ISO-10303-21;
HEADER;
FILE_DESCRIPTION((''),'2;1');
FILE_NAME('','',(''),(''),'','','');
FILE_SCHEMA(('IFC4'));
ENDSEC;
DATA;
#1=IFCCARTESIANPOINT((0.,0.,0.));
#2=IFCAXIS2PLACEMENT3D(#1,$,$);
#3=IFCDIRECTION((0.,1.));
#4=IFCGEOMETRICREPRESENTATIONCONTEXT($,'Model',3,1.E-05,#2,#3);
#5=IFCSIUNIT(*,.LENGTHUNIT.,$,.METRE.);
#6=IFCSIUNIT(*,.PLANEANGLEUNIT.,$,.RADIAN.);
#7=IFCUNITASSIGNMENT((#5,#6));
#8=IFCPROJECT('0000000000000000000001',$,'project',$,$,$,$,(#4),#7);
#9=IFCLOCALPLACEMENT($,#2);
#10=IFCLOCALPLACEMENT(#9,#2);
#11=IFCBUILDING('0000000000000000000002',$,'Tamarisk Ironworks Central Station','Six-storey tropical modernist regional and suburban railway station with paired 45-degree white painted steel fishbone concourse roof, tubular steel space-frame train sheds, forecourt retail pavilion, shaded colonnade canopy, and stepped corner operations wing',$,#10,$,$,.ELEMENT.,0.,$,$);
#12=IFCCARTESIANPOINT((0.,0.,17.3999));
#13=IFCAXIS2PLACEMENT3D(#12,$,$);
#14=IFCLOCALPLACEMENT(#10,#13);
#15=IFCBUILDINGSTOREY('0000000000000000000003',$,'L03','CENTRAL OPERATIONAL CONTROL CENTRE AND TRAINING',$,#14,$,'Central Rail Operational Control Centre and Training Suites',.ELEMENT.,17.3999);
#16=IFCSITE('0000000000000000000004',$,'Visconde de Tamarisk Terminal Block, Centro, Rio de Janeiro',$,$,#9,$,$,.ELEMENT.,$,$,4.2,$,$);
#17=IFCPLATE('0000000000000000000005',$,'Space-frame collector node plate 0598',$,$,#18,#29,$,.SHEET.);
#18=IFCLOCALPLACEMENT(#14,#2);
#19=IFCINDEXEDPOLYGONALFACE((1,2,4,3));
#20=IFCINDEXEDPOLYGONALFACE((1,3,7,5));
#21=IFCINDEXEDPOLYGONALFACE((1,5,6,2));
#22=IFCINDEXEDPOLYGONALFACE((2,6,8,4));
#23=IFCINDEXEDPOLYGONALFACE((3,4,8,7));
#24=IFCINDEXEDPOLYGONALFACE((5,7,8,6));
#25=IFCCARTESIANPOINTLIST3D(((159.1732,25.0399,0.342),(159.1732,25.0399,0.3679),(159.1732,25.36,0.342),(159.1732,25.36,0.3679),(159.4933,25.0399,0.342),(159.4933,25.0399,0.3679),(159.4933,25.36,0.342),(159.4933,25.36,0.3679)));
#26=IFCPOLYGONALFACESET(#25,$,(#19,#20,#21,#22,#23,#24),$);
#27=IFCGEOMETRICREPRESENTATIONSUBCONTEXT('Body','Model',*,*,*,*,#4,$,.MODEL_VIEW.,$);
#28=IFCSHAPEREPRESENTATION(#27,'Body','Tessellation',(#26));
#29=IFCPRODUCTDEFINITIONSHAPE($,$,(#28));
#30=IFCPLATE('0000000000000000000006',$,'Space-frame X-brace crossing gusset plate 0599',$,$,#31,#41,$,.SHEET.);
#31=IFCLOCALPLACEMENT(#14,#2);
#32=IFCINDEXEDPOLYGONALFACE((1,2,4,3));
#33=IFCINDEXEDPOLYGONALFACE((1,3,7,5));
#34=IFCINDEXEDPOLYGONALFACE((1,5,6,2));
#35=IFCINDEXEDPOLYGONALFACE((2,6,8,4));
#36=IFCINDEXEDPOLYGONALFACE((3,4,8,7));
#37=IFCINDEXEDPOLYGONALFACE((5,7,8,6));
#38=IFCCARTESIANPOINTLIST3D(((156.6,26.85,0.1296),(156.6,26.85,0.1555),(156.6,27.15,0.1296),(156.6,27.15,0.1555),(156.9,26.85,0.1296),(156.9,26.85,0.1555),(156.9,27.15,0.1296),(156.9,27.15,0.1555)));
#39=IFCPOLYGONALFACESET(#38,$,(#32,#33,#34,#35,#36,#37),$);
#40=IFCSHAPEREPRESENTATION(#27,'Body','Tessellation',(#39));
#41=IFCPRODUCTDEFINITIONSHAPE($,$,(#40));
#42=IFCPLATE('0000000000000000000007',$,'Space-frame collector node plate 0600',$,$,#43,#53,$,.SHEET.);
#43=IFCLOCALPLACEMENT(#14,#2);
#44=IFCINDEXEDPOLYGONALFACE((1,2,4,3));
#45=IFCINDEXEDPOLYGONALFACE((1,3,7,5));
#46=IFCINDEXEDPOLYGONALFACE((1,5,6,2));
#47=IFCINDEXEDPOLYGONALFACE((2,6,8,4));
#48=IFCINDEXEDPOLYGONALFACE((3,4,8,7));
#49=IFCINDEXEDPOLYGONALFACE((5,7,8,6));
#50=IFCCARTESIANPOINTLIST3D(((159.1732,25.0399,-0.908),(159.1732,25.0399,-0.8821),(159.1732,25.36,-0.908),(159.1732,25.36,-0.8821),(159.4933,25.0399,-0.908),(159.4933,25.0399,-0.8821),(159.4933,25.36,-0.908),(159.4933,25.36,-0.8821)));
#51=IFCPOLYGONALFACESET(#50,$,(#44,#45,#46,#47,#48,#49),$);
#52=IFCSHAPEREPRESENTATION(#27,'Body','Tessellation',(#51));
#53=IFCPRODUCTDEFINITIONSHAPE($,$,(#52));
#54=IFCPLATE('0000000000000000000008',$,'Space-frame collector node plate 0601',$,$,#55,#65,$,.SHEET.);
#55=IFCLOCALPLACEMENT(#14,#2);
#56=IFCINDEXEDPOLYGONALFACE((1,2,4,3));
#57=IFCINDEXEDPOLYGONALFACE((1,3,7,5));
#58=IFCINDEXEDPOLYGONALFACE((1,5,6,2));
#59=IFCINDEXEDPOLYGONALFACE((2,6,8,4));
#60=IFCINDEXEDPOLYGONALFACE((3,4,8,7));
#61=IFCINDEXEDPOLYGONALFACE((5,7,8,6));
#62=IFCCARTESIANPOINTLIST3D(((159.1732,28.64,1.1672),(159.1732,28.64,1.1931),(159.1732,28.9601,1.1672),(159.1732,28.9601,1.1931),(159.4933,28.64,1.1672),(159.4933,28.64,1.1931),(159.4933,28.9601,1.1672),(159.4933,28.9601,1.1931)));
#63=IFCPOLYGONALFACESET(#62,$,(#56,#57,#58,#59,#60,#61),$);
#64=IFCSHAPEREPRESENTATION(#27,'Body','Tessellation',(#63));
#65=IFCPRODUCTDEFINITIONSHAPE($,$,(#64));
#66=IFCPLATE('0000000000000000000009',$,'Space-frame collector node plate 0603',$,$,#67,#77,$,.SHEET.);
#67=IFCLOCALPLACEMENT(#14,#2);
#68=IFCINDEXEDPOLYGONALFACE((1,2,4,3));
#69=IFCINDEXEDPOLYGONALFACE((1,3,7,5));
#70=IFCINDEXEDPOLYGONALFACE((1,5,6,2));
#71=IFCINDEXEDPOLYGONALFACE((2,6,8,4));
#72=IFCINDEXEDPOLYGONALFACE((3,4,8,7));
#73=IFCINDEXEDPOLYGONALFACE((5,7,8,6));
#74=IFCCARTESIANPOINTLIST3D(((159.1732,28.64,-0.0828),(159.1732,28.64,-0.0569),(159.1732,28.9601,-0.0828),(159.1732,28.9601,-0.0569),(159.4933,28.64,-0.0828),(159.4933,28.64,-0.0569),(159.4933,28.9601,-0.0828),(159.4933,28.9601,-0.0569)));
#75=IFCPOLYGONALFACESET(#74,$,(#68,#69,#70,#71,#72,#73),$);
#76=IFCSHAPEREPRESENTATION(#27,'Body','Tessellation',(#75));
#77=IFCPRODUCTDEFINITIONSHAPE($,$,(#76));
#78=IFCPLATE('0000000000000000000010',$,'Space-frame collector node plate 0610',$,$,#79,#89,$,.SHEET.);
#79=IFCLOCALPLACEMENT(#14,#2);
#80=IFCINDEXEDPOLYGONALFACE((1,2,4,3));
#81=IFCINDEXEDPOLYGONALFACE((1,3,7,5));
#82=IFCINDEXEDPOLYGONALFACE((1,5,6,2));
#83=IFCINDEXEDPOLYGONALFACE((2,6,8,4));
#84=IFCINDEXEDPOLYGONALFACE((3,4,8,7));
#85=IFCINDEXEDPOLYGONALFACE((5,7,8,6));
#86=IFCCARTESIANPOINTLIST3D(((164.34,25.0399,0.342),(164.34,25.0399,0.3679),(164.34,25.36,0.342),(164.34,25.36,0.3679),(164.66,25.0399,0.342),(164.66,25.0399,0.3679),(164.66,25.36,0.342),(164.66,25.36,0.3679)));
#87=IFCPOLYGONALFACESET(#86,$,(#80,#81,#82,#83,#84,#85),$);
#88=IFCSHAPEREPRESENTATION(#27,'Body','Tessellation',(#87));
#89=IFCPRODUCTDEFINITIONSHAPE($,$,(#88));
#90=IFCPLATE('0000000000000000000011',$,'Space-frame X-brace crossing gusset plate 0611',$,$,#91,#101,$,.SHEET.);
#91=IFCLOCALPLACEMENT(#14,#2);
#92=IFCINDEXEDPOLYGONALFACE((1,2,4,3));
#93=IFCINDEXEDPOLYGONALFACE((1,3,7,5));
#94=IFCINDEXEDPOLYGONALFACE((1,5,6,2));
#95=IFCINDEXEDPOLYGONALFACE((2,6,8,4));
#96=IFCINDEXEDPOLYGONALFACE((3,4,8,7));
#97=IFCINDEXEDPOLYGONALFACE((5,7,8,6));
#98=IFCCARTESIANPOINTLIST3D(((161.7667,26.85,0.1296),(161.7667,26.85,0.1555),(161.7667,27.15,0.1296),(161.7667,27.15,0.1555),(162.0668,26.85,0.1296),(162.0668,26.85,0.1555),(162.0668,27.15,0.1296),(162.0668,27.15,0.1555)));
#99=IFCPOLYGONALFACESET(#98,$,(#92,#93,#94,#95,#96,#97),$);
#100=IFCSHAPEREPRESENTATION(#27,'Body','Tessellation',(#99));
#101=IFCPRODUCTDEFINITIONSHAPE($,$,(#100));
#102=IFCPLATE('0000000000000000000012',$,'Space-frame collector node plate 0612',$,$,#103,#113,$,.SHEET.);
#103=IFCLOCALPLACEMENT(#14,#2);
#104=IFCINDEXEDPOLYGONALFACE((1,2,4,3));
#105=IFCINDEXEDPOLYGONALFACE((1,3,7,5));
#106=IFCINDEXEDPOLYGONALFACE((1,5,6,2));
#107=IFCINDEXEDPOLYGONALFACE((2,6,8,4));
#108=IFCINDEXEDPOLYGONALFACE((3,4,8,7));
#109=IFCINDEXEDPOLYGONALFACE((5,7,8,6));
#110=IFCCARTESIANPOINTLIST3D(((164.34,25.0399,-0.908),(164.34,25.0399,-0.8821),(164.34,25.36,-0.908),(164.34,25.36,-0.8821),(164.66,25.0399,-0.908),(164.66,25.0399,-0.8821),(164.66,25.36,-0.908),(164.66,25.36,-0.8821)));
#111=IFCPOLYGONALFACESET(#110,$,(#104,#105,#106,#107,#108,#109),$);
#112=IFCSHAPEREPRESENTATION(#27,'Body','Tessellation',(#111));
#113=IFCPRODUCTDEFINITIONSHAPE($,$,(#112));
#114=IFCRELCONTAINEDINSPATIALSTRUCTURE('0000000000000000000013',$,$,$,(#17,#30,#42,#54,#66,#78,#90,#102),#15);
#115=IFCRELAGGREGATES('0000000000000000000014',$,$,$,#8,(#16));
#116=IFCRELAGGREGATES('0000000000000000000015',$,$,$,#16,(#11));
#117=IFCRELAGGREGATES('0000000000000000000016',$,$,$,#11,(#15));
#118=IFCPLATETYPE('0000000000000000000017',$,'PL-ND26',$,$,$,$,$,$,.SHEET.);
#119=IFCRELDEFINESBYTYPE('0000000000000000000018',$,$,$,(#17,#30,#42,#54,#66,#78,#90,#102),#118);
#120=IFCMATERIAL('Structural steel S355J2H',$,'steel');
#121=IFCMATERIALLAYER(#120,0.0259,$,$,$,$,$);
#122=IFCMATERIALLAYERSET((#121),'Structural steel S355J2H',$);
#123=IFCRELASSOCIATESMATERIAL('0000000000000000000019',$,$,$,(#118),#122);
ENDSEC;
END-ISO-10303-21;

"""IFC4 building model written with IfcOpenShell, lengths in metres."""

from ifc_helpers import new_model, si_unit, direction, frame, origin, origin_2d, place, context, subcontext, project, spatial, rectangle, extrude, material, layer, layer_set, type_object, element, save


model = new_model("IFC4")

# Units and contexts
model_context = context("Model", 3, precision=1e-05, world=origin(), true_north=direction((0.0, 1.0)))
body_context = subcontext(model_context, "Body", "Model", "MODEL_VIEW")
ifc_project = project(units=[si_unit("LENGTHUNIT", "METRE"), si_unit("PLANEANGLEUNIT", "RADIAN")], contexts=[model_context])

# Site, building, storey
site_placement = place(None, origin())
site = spatial("IfcSite", under=ifc_project, at=site_placement, Name="Visconde de Tamarisk Terminal Block, Centro, Rio de Janeiro", CompositionType="ELEMENT", RefElevation=4.2)
building_placement = place(site_placement, origin())
building = spatial("IfcBuilding", under=site, at=building_placement, Name="Tamarisk Ironworks Central Station", Description="Six-storey tropical modernist regional and suburban railway station with paired 45-degree white painted steel fishbone concourse roof, tubular steel space-frame train sheds, forecourt retail pavilion, shaded colonnade canopy, and stepped corner operations wing", CompositionType="ELEMENT", ElevationOfRefHeight=0.0)
storey_placement = place(building_placement, frame((0.0, 0.0, 17.3999)))
storey = spatial("IfcBuildingStorey", under=building, at=storey_placement, Name="L03", Description="CENTRAL OPERATIONAL CONTROL CENTRE AND TRAINING", LongName="Central Rail Operational Control Centre and Training Suites", CompositionType="ELEMENT", Elevation=17.3999)

# Shared definitions
ifc_material = material(Name="Structural steel S355J2H", Category="steel")

# Plates
ifc_layer = layer(ifc_material, 0.0259)
ifc_layer_set = layer_set([ifc_layer], Name="Structural steel S355J2H")
plate_type = type_object("IfcPlateType", Name="PL-ND26", PredefinedType="SHEET", material=ifc_layer_set)
for number, where, z_axis, x_axis, name in (
    (1, (159.3333, 25.2, 0.342), (0.0, 0.0, 1.0), (1.0, 0.0, 0.0), "Space-frame collector node plate 0598"),
):
    element("IfcPlate", number, at=place(storey_placement, frame(where, z_axis=z_axis, x_axis=x_axis)), inside=storey, type_object=plate_type, Name=name, PredefinedType="SHEET", context=body_context, shape_type="SweptSolid", body=[
        extrude(rectangle(XDim=0.3201, YDim=0.3201, at=origin_2d()), origin(), (0.0, 0.0, 1.0), 0.0259),
    ])
plate_1_placement = place(storey_placement, frame((156.75, 27.0, 0.1296), z_axis=(0.0, 0.0, 1.0), x_axis=(1.0, 0.0, 0.0)))
element("IfcPlate", 2, at=plate_1_placement, inside=storey, type_object=plate_type, Name="Space-frame X-brace crossing gusset plate 0599", PredefinedType="SHEET", context=body_context, shape_type="SweptSolid", body=[
    extrude(rectangle(XDim=0.3, YDim=0.3, at=origin_2d()), origin(), (0.0, 0.0, 1.0), 0.0259),
])
for number, where, z_axis, x_axis, name in (
    (3, (159.3333, 25.2, -0.908), (0.0, 0.0, 1.0), (1.0, 0.0, 0.0), "Space-frame collector node plate 0600"),
    (4, (159.3333, 28.8, 1.1672), (0.0, 0.0, 1.0), (1.0, 0.0, 0.0), "Space-frame collector node plate 0601"),
    (5, (159.3333, 28.8, -0.0828), (0.0, 0.0, 1.0), (1.0, 0.0, 0.0), "Space-frame collector node plate 0603"),
    (6, (164.5, 25.2, 0.342), (0.0, 0.0, 1.0), (1.0, 0.0, 0.0), "Space-frame collector node plate 0610"),
):
    element("IfcPlate", number, at=place(storey_placement, frame(where, z_axis=z_axis, x_axis=x_axis)), inside=storey, type_object=plate_type, Name=name, PredefinedType="SHEET", context=body_context, shape_type="SweptSolid", body=[
        extrude(rectangle(XDim=0.3201, YDim=0.3201, at=origin_2d()), origin(), (0.0, 0.0, 1.0), 0.0259),
    ])
plate_2_placement = place(storey_placement, frame((161.9167, 27.0, 0.1296), z_axis=(0.0, 0.0, 1.0), x_axis=(1.0, 0.0, 0.0)))
element("IfcPlate", 7, at=plate_2_placement, inside=storey, type_object=plate_type, Name="Space-frame X-brace crossing gusset plate 0611", PredefinedType="SHEET", context=body_context, shape_type="SweptSolid", body=[
    extrude(rectangle(XDim=0.3, YDim=0.3, at=origin_2d()), origin(), (0.0, 0.0, 1.0), 0.0259),
])
plate_3_placement = place(storey_placement, frame((164.5, 25.2, -0.908), z_axis=(0.0, 0.0, 1.0), x_axis=(1.0, 0.0, 0.0)))
element("IfcPlate", 8, at=plate_3_placement, inside=storey, type_object=plate_type, Name="Space-frame collector node plate 0612", PredefinedType="SHEET", context=body_context, shape_type="SweptSolid", body=[
    extrude(rectangle(XDim=0.3201, YDim=0.3201, at=origin_2d()), origin(), (0.0, 0.0, 1.0), 0.0259),
])

save(model, "model.ifc")
